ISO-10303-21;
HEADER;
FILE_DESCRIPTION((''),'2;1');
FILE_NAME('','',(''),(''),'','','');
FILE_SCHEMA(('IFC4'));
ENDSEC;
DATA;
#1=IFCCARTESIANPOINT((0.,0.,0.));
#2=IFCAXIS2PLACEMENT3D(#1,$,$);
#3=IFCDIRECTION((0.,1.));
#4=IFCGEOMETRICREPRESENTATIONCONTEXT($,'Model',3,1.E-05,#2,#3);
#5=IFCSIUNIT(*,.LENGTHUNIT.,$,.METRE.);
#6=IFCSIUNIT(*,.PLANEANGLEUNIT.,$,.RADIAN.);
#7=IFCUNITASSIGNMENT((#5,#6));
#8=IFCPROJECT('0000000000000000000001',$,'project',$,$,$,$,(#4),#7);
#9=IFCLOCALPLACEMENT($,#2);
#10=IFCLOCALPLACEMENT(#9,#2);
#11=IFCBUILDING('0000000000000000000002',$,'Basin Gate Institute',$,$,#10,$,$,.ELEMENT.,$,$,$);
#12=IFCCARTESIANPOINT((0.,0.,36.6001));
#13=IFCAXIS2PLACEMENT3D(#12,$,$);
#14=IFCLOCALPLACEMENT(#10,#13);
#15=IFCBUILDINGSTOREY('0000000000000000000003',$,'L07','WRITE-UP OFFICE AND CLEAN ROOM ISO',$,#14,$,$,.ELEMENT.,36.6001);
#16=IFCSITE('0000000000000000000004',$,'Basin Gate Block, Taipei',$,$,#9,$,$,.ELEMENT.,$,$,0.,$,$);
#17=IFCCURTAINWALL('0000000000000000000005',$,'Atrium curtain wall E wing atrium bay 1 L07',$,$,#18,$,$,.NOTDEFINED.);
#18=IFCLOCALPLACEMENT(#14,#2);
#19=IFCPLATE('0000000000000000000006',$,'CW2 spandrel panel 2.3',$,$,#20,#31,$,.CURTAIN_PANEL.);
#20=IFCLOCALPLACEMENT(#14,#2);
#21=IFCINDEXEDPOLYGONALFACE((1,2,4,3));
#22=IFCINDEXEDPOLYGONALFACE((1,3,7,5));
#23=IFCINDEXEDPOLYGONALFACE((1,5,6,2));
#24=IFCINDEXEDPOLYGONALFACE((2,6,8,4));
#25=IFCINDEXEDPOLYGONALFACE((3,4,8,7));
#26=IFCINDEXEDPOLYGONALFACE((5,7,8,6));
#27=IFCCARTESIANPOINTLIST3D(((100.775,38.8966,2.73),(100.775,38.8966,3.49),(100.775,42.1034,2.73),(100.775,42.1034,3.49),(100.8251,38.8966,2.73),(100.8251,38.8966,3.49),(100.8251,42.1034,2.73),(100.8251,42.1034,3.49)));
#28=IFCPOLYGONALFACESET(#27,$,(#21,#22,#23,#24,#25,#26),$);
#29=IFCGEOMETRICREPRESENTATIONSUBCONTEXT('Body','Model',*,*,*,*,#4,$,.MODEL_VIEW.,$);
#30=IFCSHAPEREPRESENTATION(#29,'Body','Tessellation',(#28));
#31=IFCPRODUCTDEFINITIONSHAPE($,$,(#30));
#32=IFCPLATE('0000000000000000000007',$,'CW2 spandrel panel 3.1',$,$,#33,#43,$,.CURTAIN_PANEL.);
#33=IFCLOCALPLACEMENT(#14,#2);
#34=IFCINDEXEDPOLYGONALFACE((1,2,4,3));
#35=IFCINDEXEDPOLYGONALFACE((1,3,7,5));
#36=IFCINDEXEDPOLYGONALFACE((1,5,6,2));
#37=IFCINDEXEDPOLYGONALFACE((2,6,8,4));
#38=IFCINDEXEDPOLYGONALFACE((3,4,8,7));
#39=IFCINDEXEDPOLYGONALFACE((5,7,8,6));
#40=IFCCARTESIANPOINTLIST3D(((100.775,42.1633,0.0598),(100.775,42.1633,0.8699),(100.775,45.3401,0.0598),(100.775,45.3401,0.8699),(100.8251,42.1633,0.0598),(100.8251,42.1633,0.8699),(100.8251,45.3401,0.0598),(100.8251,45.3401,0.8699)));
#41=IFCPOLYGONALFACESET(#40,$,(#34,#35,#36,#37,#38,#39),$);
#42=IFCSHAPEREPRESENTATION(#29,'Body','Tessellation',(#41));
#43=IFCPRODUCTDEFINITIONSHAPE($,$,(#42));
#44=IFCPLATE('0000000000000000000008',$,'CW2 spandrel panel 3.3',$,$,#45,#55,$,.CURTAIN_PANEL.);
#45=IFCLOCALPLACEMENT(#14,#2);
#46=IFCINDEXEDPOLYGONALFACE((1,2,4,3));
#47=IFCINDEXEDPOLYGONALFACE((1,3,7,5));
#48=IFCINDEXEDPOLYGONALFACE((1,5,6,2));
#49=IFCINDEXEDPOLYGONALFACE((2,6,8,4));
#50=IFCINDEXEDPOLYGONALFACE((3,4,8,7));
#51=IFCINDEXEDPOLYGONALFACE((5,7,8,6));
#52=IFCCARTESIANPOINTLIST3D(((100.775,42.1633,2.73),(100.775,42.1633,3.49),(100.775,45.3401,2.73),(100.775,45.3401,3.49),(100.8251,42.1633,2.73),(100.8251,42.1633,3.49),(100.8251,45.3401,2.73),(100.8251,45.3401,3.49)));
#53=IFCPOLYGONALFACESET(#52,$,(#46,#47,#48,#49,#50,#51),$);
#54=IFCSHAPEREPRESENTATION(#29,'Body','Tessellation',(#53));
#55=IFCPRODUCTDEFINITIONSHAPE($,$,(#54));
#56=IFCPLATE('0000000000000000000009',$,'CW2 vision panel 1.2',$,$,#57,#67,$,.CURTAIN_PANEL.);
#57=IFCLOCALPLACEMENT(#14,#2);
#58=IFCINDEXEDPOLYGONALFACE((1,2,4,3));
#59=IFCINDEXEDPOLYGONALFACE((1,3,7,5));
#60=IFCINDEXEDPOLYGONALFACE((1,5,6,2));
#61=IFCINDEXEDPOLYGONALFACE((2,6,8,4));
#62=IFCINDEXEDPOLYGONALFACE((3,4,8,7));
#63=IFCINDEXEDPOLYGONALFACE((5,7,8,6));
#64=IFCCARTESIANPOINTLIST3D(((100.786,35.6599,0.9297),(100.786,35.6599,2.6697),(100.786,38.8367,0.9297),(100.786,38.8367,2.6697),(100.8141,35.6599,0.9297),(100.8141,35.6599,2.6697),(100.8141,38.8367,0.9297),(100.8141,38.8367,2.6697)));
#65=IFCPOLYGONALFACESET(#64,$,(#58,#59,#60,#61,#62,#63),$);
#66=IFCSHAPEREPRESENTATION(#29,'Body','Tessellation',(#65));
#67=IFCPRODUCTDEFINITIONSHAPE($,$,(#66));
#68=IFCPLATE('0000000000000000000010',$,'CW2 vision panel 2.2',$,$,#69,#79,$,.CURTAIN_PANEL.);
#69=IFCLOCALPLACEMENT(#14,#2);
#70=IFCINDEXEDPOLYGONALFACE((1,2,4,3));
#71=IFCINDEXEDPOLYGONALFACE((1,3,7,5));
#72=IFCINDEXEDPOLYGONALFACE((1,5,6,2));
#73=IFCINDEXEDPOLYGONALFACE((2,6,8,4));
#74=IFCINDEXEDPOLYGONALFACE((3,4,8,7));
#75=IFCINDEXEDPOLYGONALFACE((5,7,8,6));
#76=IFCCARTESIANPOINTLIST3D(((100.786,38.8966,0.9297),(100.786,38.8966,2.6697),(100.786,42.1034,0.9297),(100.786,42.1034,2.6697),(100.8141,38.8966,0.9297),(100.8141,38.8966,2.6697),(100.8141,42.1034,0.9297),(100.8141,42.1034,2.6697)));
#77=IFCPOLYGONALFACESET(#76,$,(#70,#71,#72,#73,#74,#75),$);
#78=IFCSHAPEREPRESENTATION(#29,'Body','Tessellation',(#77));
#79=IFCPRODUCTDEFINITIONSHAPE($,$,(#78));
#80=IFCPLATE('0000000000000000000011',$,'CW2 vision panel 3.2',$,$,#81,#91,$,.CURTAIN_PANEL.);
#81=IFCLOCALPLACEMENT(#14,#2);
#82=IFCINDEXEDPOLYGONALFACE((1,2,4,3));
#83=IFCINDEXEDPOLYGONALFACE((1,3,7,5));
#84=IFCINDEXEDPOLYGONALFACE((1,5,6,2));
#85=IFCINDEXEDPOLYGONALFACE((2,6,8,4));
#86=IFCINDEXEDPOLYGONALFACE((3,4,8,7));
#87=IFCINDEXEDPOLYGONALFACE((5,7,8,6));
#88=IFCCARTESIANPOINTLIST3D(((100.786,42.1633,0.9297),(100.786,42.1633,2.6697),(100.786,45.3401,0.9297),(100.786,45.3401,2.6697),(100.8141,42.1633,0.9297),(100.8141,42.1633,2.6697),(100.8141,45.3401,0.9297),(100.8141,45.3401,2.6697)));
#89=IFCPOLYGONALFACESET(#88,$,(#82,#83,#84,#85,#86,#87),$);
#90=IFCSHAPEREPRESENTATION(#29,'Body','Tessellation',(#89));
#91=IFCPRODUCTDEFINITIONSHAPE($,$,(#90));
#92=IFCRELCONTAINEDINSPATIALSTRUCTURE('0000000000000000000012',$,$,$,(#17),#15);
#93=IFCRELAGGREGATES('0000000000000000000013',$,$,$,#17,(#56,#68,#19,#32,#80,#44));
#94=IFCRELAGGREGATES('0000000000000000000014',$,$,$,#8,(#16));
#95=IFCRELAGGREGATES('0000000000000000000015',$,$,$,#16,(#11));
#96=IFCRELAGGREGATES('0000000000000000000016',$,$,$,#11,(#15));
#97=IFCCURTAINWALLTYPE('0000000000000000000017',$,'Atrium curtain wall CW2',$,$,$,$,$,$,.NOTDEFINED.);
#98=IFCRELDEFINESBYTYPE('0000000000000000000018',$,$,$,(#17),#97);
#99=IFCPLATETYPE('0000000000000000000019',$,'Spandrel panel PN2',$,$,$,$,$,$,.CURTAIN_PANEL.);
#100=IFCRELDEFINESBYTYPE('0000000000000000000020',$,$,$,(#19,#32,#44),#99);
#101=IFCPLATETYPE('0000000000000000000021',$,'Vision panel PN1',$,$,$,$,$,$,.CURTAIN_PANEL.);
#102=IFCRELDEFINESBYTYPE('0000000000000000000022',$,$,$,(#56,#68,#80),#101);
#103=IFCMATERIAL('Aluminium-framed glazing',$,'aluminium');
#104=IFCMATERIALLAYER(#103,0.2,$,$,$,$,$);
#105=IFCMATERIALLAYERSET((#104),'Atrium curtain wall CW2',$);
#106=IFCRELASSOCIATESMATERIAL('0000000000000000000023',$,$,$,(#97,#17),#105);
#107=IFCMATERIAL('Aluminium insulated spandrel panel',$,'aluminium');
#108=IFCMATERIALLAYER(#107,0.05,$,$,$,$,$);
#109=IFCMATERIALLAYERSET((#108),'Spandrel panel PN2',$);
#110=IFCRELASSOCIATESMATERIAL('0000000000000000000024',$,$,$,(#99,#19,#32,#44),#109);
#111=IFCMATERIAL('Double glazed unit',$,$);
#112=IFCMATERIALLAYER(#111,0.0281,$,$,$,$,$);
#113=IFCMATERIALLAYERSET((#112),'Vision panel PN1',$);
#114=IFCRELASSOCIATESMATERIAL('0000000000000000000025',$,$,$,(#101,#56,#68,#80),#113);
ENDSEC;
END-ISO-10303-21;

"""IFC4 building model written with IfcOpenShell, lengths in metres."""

from ifc_helpers import new_model, si_unit, direction, frame, origin, origin_2d, place, context, subcontext, project, spatial, rectangle, extrude, material, layer, layer_set, type_object, element, aggregate, save


model = new_model("IFC4")

# Units and contexts
model_context = context("Model", 3, precision=1e-05, world=origin(), true_north=direction((0.0, 1.0)))
body_context = subcontext(model_context, "Body", "Model", "MODEL_VIEW")
ifc_project = project(units=[si_unit("LENGTHUNIT", "METRE"), si_unit("PLANEANGLEUNIT", "RADIAN")], contexts=[model_context])

# Site, building, storey
site_placement = place(None, origin())
site = spatial("IfcSite", under=ifc_project, at=site_placement, Name="Basin Gate Block, Taipei", CompositionType="ELEMENT", RefElevation=0.0)
building_placement = place(site_placement, origin())
building = spatial("IfcBuilding", under=site, at=building_placement, Name="Basin Gate Institute", CompositionType="ELEMENT")
storey_placement = place(building_placement, frame((0.0, 0.0, 36.6001)))
storey = spatial("IfcBuildingStorey", under=building, at=storey_placement, Name="L07", Description="WRITE-UP OFFICE AND CLEAN ROOM ISO", CompositionType="ELEMENT", Elevation=36.6001)

# Curtain wall
ifc_material_1 = material(Name="Aluminium-framed glazing", Category="aluminium")
ifc_layer_1 = layer(ifc_material_1, 0.2)
ifc_layer_set_1 = layer_set([ifc_layer_1], Name="Atrium curtain wall CW2")
curtain_wall_type = type_object("IfcCurtainWallType", Name="Atrium curtain wall CW2", PredefinedType="NOTDEFINED", material=ifc_layer_set_1)
curtain_wall_1_placement = place(storey_placement, origin())
curtain_wall_1 = element("IfcCurtainWall", 1, at=curtain_wall_1_placement, inside=storey, type_object=curtain_wall_type, material=ifc_layer_set_1, Name="Atrium curtain wall E wing atrium bay 1 L07", PredefinedType="NOTDEFINED")

# Plates
ifc_material_2 = material(Name="Aluminium insulated spandrel panel", Category="aluminium")
ifc_layer_2 = layer(ifc_material_2, 0.05)
ifc_layer_set_2 = layer_set([ifc_layer_2], Name="Spandrel panel PN2")
plate_type_1 = type_object("IfcPlateType", Name="Spandrel panel PN2", PredefinedType="CURTAIN_PANEL", material=ifc_layer_set_2)
plate_1_placement = place(storey_placement, frame((100.8, 40.5, 2.73), z_axis=(0.0, 0.0, 1.0), x_axis=(0.0, 1.0, 0.0)))
plate_1 = element("IfcPlate", 2, at=plate_1_placement, type_object=plate_type_1, material=ifc_layer_set_2, Name="CW2 spandrel panel 2.3", PredefinedType="CURTAIN_PANEL", context=body_context, shape_type="SweptSolid", body=[
    extrude(rectangle(XDim=3.2068, YDim=0.05, at=origin_2d()), origin(), (0.0, 0.0, 1.0), 0.76),
])
plate_2_placement = place(storey_placement, frame((100.8, 43.7517, 0.0598), z_axis=(0.0, 0.0, 1.0), x_axis=(0.0, 1.0, 0.0)))
plate_2 = element("IfcPlate", 3, at=plate_2_placement, type_object=plate_type_1, material=ifc_layer_set_2, Name="CW2 spandrel panel 3.1", PredefinedType="CURTAIN_PANEL", context=body_context, shape_type="SweptSolid", body=[
    extrude(rectangle(XDim=3.1768, YDim=0.05, at=origin_2d()), origin(), (0.0, 0.0, 1.0), 0.8101),
])
plate_3_placement = place(storey_placement, frame((100.8, 43.7517, 2.73), z_axis=(0.0, 0.0, 1.0), x_axis=(0.0, 1.0, 0.0)))
plate_3 = element("IfcPlate", 4, at=plate_3_placement, type_object=plate_type_1, material=ifc_layer_set_2, Name="CW2 spandrel panel 3.3", PredefinedType="CURTAIN_PANEL", context=body_context, shape_type="SweptSolid", body=[
    extrude(rectangle(XDim=3.1768, YDim=0.05, at=origin_2d()), origin(), (0.0, 0.0, 1.0), 0.76),
])
ifc_material_3 = material(Name="Double glazed unit")
ifc_layer_3 = layer(ifc_material_3, 0.0281)
ifc_layer_set_3 = layer_set([ifc_layer_3], Name="Vision panel PN1")
plate_type_2 = type_object("IfcPlateType", Name="Vision panel PN1", PredefinedType="CURTAIN_PANEL", material=ifc_layer_set_3)
plate_4_placement = place(storey_placement, frame((100.8, 37.2483, 0.9297), z_axis=(0.0, 0.0, 1.0), x_axis=(0.0, 1.0, 0.0)))
plate_4 = element("IfcPlate", 5, at=plate_4_placement, type_object=plate_type_2, material=ifc_layer_set_3, Name="CW2 vision panel 1.2", PredefinedType="CURTAIN_PANEL", context=body_context, shape_type="SweptSolid", body=[
    extrude(rectangle(XDim=3.1768, YDim=0.0281, at=origin_2d()), origin(), (0.0, 0.0, 1.0), 1.74),
])
plate_5_placement = place(storey_placement, frame((100.8, 40.5, 0.9297), z_axis=(0.0, 0.0, 1.0), x_axis=(0.0, 1.0, 0.0)))
plate_5 = element("IfcPlate", 6, at=plate_5_placement, type_object=plate_type_2, material=ifc_layer_set_3, Name="CW2 vision panel 2.2", PredefinedType="CURTAIN_PANEL", context=body_context, shape_type="SweptSolid", body=[
    extrude(rectangle(XDim=3.2068, YDim=0.0281, at=origin_2d()), origin(), (0.0, 0.0, 1.0), 1.74),
])
plate_6_placement = place(storey_placement, frame((100.8, 43.7517, 0.9297), z_axis=(0.0, 0.0, 1.0), x_axis=(0.0, 1.0, 0.0)))
plate_6 = element("IfcPlate", 7, at=plate_6_placement, type_object=plate_type_2, material=ifc_layer_set_3, Name="CW2 vision panel 3.2", PredefinedType="CURTAIN_PANEL", context=body_context, shape_type="SweptSolid", body=[
    extrude(rectangle(XDim=3.1768, YDim=0.0281, at=origin_2d()), origin(), (0.0, 0.0, 1.0), 1.74),
])
aggregate(curtain_wall_1, [plate_4, plate_5, plate_1, plate_2, plate_6, plate_3])

save(model, "model.ifc")
